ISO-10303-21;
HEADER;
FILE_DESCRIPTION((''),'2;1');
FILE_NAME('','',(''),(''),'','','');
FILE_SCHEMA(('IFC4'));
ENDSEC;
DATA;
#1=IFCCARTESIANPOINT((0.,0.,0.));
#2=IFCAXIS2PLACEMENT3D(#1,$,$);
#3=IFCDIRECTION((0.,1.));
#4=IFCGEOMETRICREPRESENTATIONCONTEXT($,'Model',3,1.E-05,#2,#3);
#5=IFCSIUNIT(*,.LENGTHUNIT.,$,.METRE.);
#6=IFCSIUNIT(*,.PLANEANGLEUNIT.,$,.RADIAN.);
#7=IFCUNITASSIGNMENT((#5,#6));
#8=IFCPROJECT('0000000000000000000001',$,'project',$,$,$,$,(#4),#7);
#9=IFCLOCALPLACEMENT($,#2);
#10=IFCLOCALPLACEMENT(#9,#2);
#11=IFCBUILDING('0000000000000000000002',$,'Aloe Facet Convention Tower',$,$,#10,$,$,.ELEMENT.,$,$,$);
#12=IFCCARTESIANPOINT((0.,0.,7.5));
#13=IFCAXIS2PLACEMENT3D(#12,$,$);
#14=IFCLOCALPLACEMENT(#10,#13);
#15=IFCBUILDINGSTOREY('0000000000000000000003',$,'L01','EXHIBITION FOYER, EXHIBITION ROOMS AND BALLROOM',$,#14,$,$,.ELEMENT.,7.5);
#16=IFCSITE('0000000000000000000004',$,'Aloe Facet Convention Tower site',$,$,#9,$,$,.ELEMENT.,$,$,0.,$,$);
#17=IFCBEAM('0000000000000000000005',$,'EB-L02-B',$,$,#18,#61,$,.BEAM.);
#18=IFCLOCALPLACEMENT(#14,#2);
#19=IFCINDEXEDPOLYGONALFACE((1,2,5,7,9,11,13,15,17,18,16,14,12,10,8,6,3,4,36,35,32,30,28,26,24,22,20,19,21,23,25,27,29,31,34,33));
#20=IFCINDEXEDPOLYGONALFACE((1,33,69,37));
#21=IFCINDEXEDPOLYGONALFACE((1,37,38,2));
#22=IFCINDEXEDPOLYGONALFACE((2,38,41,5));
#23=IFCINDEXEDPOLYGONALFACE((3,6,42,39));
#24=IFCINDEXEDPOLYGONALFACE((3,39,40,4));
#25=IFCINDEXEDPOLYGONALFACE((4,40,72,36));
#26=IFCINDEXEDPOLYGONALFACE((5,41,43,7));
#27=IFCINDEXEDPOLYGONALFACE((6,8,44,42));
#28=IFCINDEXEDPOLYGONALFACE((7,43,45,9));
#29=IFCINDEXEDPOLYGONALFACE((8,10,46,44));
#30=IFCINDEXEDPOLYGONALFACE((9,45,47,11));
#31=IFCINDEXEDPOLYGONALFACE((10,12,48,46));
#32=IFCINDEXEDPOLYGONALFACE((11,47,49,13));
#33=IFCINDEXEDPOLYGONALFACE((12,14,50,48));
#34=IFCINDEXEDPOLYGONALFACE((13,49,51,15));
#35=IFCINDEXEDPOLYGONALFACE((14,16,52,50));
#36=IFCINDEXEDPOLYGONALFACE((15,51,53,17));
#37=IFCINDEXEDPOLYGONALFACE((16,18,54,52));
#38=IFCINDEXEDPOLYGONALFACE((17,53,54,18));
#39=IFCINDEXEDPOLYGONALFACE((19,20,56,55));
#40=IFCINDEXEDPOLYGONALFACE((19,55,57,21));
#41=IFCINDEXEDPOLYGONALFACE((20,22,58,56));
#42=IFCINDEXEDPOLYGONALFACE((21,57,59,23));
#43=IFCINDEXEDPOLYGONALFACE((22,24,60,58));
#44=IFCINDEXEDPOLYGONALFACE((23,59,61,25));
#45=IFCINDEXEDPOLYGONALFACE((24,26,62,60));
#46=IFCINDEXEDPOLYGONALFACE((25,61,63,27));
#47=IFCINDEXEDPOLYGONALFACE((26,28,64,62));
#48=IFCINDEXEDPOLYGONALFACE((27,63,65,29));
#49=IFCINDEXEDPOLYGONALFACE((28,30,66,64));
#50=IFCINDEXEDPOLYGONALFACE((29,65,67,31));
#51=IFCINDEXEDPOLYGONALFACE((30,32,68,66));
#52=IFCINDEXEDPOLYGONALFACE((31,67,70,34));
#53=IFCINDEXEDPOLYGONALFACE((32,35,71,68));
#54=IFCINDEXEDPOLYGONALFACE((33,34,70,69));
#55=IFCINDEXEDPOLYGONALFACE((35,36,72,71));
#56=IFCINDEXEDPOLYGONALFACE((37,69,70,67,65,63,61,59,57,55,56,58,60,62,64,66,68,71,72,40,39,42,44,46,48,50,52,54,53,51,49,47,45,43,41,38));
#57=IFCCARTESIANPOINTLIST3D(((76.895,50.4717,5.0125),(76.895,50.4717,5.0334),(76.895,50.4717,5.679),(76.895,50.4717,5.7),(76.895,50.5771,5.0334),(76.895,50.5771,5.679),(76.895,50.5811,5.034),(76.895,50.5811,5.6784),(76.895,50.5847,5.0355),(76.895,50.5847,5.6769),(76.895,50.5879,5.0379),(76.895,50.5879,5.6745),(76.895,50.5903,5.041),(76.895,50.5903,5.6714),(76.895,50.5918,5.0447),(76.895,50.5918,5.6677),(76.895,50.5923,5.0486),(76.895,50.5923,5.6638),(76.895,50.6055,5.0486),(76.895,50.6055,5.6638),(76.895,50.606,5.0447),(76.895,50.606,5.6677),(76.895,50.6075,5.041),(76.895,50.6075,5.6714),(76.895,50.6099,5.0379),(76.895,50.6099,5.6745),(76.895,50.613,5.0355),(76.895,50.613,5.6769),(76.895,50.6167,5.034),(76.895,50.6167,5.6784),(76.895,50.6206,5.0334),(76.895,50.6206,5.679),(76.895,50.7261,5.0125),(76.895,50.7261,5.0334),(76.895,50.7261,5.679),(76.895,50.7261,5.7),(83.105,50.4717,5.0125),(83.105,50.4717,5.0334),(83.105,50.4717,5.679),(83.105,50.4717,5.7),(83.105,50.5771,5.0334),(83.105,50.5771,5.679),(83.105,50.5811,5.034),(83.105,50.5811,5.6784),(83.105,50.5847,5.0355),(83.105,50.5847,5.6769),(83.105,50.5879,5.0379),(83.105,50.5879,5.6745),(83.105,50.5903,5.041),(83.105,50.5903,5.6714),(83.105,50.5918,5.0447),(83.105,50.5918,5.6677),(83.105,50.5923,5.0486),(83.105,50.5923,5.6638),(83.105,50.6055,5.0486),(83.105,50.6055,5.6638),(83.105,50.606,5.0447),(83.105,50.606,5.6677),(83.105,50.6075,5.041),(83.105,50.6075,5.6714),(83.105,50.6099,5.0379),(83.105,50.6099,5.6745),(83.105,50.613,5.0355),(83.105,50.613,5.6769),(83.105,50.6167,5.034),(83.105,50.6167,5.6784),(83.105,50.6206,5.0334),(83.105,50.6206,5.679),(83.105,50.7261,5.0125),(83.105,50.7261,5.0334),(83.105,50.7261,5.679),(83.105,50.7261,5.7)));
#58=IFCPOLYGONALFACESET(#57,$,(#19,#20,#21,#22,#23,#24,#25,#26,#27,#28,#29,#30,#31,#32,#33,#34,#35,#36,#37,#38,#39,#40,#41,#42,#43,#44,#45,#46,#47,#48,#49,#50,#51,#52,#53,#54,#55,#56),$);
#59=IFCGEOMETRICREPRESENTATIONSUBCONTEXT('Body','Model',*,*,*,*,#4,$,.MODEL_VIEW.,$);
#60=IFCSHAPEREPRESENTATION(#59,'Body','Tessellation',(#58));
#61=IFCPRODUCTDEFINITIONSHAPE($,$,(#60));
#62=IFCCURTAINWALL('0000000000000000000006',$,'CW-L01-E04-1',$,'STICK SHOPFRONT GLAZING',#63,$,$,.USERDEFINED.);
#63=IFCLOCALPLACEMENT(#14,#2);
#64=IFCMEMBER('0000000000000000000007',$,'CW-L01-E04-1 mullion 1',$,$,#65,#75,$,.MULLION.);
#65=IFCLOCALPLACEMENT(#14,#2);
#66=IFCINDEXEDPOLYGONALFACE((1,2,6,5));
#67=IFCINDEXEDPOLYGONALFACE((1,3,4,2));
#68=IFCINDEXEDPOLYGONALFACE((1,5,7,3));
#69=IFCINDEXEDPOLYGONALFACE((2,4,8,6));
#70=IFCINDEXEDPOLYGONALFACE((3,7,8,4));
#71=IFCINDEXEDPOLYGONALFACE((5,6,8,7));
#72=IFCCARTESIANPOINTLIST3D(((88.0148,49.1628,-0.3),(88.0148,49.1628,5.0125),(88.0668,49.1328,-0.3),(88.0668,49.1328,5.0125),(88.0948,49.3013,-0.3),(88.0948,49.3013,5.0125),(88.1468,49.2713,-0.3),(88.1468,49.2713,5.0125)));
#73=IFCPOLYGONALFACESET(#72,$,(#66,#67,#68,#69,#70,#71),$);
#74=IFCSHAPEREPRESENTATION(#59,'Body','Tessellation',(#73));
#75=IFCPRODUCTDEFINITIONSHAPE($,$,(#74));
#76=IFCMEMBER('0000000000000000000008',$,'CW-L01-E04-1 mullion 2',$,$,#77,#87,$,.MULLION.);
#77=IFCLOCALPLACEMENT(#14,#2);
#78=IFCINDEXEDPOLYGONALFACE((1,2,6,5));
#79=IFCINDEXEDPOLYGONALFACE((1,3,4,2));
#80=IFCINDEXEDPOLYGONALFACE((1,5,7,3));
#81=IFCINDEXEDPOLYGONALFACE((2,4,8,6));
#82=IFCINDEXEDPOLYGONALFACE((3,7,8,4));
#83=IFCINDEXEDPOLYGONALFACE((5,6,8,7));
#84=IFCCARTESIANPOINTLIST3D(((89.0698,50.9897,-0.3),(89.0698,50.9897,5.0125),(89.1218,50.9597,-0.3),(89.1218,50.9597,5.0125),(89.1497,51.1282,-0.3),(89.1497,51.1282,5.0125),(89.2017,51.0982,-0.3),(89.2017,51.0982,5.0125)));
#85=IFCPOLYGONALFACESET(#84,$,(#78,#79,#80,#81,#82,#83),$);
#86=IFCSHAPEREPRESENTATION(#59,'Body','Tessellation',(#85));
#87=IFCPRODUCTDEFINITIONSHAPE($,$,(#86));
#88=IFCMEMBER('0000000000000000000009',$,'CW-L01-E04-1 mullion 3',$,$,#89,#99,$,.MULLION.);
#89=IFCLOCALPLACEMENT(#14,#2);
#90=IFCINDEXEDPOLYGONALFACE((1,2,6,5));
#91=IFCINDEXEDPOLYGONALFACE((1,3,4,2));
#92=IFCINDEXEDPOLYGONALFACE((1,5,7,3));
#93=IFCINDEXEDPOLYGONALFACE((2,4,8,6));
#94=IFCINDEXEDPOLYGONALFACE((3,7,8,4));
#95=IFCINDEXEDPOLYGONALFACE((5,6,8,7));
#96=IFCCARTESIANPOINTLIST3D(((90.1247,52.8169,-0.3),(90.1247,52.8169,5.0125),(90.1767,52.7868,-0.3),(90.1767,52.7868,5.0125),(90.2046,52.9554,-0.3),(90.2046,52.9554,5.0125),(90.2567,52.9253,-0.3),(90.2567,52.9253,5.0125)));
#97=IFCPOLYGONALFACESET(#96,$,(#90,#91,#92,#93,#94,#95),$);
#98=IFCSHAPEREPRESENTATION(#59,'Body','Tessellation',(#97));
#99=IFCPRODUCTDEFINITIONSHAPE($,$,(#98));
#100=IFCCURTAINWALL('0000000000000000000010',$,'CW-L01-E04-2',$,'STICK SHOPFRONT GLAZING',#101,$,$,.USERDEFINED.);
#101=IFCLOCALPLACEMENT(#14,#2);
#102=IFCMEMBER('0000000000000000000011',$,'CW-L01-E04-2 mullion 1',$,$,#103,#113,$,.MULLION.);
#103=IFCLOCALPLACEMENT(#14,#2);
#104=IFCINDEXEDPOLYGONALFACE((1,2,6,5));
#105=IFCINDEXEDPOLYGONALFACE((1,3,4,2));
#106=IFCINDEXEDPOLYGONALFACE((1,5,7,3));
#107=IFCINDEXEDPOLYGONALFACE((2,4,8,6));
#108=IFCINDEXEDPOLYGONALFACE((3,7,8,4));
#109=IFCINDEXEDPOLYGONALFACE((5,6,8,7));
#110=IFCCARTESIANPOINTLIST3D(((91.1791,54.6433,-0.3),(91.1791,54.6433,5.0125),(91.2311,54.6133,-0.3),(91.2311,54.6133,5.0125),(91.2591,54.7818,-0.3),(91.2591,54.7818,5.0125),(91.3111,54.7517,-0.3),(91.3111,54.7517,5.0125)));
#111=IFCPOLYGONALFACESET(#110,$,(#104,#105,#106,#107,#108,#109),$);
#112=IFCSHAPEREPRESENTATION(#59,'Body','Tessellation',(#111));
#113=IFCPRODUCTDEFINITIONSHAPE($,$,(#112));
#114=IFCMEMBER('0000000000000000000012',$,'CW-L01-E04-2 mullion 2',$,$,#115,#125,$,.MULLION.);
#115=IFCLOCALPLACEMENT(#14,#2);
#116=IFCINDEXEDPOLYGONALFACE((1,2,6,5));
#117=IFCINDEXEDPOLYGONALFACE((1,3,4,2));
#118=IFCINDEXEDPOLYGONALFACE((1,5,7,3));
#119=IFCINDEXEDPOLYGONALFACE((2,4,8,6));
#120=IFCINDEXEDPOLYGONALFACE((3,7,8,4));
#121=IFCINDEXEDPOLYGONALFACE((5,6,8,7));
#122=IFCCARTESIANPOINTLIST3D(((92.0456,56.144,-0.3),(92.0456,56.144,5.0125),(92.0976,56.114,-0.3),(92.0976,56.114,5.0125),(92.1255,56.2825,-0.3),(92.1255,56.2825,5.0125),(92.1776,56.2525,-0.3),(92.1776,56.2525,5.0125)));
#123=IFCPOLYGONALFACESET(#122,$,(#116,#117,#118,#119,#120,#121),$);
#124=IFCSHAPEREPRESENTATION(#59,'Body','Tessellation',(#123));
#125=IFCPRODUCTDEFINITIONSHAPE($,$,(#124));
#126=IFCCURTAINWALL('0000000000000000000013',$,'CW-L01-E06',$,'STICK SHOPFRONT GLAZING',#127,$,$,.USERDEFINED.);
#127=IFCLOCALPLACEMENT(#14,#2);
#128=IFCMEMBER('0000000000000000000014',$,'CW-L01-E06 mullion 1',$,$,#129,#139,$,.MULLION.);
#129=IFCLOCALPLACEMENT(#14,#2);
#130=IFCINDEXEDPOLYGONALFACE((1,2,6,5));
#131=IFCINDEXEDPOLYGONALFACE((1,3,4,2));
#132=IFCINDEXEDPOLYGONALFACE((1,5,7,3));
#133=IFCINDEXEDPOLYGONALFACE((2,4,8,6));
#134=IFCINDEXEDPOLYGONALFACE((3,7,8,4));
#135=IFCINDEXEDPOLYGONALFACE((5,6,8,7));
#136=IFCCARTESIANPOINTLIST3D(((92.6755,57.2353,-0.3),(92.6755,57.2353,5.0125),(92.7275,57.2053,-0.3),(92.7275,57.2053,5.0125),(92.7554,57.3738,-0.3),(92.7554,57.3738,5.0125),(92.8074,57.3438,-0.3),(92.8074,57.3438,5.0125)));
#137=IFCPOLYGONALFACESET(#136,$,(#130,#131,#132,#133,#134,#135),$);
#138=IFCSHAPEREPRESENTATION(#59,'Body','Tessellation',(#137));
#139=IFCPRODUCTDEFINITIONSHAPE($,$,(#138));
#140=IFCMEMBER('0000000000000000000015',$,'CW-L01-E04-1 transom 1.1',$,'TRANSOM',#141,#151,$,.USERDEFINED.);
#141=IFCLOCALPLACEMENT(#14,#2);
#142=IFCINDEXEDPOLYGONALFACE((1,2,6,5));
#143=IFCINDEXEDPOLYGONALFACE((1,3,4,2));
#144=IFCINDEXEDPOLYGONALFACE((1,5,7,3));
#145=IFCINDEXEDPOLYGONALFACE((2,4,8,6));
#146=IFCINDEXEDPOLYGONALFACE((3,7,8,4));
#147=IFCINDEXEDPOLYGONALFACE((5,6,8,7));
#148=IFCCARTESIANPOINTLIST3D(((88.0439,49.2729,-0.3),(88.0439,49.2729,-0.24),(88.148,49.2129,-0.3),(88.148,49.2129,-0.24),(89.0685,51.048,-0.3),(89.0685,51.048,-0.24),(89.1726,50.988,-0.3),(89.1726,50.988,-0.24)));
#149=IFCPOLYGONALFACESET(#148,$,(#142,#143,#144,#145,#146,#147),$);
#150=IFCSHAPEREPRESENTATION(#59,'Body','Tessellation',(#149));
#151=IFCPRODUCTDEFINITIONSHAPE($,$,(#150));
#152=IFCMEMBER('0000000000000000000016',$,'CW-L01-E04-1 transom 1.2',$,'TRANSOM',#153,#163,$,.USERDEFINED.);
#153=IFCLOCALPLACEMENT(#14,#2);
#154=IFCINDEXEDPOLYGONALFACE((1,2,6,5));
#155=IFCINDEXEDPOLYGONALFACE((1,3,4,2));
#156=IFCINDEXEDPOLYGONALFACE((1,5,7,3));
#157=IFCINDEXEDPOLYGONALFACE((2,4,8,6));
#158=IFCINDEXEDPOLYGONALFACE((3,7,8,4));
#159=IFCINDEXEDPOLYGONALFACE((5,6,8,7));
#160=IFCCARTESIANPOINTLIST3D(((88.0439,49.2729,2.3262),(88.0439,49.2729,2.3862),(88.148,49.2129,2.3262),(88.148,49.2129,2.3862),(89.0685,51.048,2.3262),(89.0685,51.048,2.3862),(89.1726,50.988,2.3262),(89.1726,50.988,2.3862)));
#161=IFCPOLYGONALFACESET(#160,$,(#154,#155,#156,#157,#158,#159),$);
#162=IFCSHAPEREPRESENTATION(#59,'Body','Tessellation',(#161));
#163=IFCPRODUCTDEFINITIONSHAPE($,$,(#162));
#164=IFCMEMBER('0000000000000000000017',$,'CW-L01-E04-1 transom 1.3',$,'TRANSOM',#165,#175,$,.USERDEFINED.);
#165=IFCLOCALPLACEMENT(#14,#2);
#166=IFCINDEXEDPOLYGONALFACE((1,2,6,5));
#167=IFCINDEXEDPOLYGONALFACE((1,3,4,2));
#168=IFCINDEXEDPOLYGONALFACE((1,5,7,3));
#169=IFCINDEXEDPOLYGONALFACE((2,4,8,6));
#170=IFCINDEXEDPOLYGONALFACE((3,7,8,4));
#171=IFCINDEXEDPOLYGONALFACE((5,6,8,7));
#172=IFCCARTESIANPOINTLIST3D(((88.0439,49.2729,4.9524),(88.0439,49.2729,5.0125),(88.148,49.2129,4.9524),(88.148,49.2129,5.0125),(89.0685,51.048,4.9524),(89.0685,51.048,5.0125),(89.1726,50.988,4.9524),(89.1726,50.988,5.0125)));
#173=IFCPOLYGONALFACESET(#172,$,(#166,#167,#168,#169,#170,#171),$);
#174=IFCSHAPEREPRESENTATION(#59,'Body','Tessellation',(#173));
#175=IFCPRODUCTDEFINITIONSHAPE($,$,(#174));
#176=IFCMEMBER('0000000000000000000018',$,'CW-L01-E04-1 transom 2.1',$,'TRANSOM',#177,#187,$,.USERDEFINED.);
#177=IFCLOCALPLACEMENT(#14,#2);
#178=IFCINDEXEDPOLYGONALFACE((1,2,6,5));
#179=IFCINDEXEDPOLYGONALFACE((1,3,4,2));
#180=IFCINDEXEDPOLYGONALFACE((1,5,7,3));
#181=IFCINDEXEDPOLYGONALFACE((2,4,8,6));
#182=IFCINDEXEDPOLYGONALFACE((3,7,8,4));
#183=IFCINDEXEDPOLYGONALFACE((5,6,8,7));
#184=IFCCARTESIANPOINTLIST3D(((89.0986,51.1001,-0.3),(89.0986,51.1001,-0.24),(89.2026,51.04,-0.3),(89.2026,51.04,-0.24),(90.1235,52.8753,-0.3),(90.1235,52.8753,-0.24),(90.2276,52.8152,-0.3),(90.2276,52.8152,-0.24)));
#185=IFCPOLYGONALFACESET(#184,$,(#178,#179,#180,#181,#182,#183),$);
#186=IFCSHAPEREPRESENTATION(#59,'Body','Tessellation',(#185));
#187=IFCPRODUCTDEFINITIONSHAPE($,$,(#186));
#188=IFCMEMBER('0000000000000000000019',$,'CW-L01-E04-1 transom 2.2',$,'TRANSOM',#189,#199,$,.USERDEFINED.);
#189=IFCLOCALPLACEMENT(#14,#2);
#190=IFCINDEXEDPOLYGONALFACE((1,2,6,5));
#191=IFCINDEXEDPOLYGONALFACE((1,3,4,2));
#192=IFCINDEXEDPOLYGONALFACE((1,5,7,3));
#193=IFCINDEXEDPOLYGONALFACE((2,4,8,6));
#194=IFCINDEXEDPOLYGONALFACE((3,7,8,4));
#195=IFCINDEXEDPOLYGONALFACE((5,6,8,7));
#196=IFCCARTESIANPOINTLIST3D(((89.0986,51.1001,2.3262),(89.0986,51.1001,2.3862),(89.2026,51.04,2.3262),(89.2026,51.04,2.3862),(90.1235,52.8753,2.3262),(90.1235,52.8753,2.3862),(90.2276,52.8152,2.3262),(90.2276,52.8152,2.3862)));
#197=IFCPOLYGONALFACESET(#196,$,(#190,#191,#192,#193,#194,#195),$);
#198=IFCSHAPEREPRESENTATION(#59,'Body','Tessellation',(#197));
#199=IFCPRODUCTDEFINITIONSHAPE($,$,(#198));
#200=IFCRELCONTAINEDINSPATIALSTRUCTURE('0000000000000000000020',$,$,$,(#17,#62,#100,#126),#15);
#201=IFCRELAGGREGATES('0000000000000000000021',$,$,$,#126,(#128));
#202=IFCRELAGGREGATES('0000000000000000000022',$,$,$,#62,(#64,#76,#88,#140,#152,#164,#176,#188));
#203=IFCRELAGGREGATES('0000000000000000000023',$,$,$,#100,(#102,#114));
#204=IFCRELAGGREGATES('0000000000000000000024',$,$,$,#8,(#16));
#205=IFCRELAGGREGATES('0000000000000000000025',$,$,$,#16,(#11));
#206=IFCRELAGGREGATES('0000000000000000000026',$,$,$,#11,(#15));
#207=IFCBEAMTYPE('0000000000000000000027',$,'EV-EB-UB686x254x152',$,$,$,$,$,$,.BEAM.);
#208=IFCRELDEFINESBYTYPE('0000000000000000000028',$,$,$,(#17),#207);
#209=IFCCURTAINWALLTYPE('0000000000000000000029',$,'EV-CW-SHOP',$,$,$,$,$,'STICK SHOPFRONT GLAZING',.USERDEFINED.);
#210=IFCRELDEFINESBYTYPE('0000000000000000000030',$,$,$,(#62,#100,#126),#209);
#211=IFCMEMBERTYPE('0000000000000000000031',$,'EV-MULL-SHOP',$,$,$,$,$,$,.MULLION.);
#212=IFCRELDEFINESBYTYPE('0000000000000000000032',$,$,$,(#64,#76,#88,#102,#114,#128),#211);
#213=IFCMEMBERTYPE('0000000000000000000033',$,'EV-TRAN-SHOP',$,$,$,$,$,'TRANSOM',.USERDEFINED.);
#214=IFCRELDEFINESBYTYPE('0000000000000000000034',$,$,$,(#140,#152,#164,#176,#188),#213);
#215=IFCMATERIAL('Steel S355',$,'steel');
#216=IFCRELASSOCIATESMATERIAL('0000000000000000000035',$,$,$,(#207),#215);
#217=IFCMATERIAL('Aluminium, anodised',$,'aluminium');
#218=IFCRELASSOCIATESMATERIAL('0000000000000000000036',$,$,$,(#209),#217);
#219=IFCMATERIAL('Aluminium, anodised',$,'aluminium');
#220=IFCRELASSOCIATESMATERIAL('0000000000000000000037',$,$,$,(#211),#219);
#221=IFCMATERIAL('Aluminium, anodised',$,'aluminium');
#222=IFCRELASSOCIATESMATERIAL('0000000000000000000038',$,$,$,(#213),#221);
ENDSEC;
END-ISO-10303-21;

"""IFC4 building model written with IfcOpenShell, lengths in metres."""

from ifc_helpers import new_model, si_unit, direction, frame, origin, origin_2d, place, context, subcontext, project, spatial, rectangle, i_section, extrude, material, material_profile, profile_set, type_object, element, aggregate, save


model = new_model("IFC4")

# Units and contexts
model_context = context("Model", 3, precision=1e-05, world=origin(), true_north=direction((0.0, 1.0)))
body_context = subcontext(model_context, "Body", "Model", "MODEL_VIEW")
ifc_project = project(units=[si_unit("LENGTHUNIT", "METRE"), si_unit("PLANEANGLEUNIT", "RADIAN")], contexts=[model_context])

# Site, building, storey
site_placement = place(None, origin())
site = spatial("IfcSite", under=ifc_project, at=site_placement, Name="Aloe Facet Convention Tower site", CompositionType="ELEMENT", RefElevation=0.0)
building_placement = place(site_placement, origin())
building = spatial("IfcBuilding", under=site, at=building_placement, Name="Aloe Facet Convention Tower", CompositionType="ELEMENT")
storey_placement = place(building_placement, frame((0.0, 0.0, 7.5)))
storey = spatial("IfcBuildingStorey", under=building, at=storey_placement, Name="L01", Description="EXHIBITION FOYER, EXHIBITION ROOMS AND BALLROOM", CompositionType="ELEMENT", Elevation=7.5)

# Beam
ifc_material_1 = material(Name="Steel S355", Category="steel")
ifc_material_profile_1 = material_profile(ifc_material_1, i_section(OverallWidth=0.2544, OverallDepth=0.6875, WebThickness=0.0132, FlangeThickness=0.021, FilletRadius=0.0151, at=origin_2d()), Name="UB 686x254x152")
ifc_profile_set_1 = profile_set([ifc_material_profile_1], Name="Steel S355")
beam_type_1 = type_object("IfcBeamType", Name="EV-EB-UB686x254x152", PredefinedType="BEAM", material=ifc_profile_set_1)
beam_1_placement = place(storey_placement, frame((76.895, 50.5989, 5.3562), z_axis=(1.0, 0.0, 0.0), x_axis=(0.0, 1.0, 0.0)))
element("IfcBeam", 1, at=beam_1_placement, inside=storey, type_object=beam_type_1, Name="EB-L02-B", PredefinedType="BEAM", context=body_context, shape_type="SweptSolid", body=[
    extrude(i_section(OverallWidth=0.2544, OverallDepth=0.6875, WebThickness=0.0132, FlangeThickness=0.021, FilletRadius=0.0151, at=origin_2d()), origin(), (0.0, 0.0, 1.0), 6.21),
])

# Curtain walls, members
ifc_material_2 = material(Name="Aluminium, anodised", Category="aluminium")
curtain_wall_type = type_object("IfcCurtainWallType", Name="EV-CW-SHOP", ElementType="STICK SHOPFRONT GLAZING", PredefinedType="USERDEFINED", material=ifc_material_2)
curtain_wall_1_placement = place(storey_placement, origin())
curtain_wall_1 = element("IfcCurtainWall", 2, at=curtain_wall_1_placement, inside=storey, type_object=curtain_wall_type, Name="CW-L01-E04-1", ObjectType="STICK SHOPFRONT GLAZING", PredefinedType="USERDEFINED")
ifc_material_3 = material(Name="Aluminium, anodised", Category="aluminium")
ifc_material_profile_2 = material_profile(ifc_material_3, rectangle(XDim=0.0601, YDim=0.1599, at=origin_2d()), Name="AL 60x160")
ifc_profile_set_2 = profile_set([ifc_material_profile_2], Name="Aluminium, anodised")
member_type_1 = type_object("IfcMemberType", Name="EV-MULL-SHOP", PredefinedType="MULLION", material=ifc_profile_set_2)
member_1_placement = place(storey_placement, frame((88.0808, 49.217, -0.3), z_axis=(0.0, 0.0, 1.0), x_axis=(-0.866025, 0.5, 0.0)))
member_1 = element("IfcMember", 3, at=member_1_placement, type_object=member_type_1, Name="CW-L01-E04-1 mullion 1", PredefinedType="MULLION", context=body_context, shape_type="SweptSolid", body=[
    extrude(rectangle(XDim=0.0601, YDim=0.1599, at=origin_2d()), origin(), (0.0, 0.0, 1.0), 5.3125),
])
member_2_placement = place(storey_placement, frame((89.1357, 51.0439, -0.3), z_axis=(0.0, 0.0, 1.0), x_axis=(-0.866025, 0.5, 0.0)))
member_2 = element("IfcMember", 4, at=member_2_placement, type_object=member_type_1, Name="CW-L01-E04-1 mullion 2", PredefinedType="MULLION", context=body_context, shape_type="SweptSolid", body=[
    extrude(rectangle(XDim=0.0601, YDim=0.1599, at=origin_2d()), origin(), (0.0, 0.0, 1.0), 5.3125),
])
member_3_placement = place(storey_placement, frame((90.1907, 52.8711, -0.3), z_axis=(0.0, 0.0, 1.0), x_axis=(-0.866025, 0.5, 0.0)))
member_3 = element("IfcMember", 5, at=member_3_placement, type_object=member_type_1, Name="CW-L01-E04-1 mullion 3", PredefinedType="MULLION", context=body_context, shape_type="SweptSolid", body=[
    extrude(rectangle(XDim=0.0601, YDim=0.1599, at=origin_2d()), origin(), (0.0, 0.0, 1.0), 5.3125),
])
curtain_wall_2_placement = place(storey_placement, origin())
curtain_wall_2 = element("IfcCurtainWall", 6, at=curtain_wall_2_placement, inside=storey, type_object=curtain_wall_type, Name="CW-L01-E04-2", ObjectType="STICK SHOPFRONT GLAZING", PredefinedType="USERDEFINED")
member_4_placement = place(storey_placement, frame((91.2451, 54.6975, -0.3), z_axis=(0.0, 0.0, 1.0), x_axis=(-0.866025, 0.5, 0.0)))
member_4 = element("IfcMember", 7, at=member_4_placement, type_object=member_type_1, Name="CW-L01-E04-2 mullion 1", PredefinedType="MULLION", context=body_context, shape_type="SweptSolid", body=[
    extrude(rectangle(XDim=0.0601, YDim=0.1599, at=origin_2d()), origin(), (0.0, 0.0, 1.0), 5.3125),
])
member_5_placement = place(storey_placement, frame((92.1116, 56.1982, -0.3), z_axis=(0.0, 0.0, 1.0), x_axis=(-0.866025, 0.5, 0.0)))
member_5 = element("IfcMember", 8, at=member_5_placement, type_object=member_type_1, Name="CW-L01-E04-2 mullion 2", PredefinedType="MULLION", context=body_context, shape_type="SweptSolid", body=[
    extrude(rectangle(XDim=0.0601, YDim=0.1599, at=origin_2d()), origin(), (0.0, 0.0, 1.0), 5.3125),
])

# Curtain wall, member
curtain_wall_3_placement = place(storey_placement, origin())
curtain_wall_3 = element("IfcCurtainWall", 9, at=curtain_wall_3_placement, inside=storey, type_object=curtain_wall_type, Name="CW-L01-E06", ObjectType="STICK SHOPFRONT GLAZING", PredefinedType="USERDEFINED")
member_6_placement = place(storey_placement, frame((92.7415, 57.2896, -0.3), z_axis=(0.0, 0.0, 1.0), x_axis=(-0.866025, 0.5, 0.0)))
member_6 = element("IfcMember", 10, at=member_6_placement, type_object=member_type_1, Name="CW-L01-E06 mullion 1", PredefinedType="MULLION", context=body_context, shape_type="SweptSolid", body=[
    extrude(rectangle(XDim=0.0601, YDim=0.1599, at=origin_2d()), origin(), (0.0, 0.0, 1.0), 5.3125),
])

# Members
ifc_material_4 = material(Name="Aluminium, anodised", Category="aluminium")
ifc_material_profile_3 = material_profile(ifc_material_4, rectangle(XDim=0.1201, YDim=0.0601, at=origin_2d()), Name="AL 120x60")
ifc_profile_set_3 = profile_set([ifc_material_profile_3], Name="Aluminium, anodised")
member_type_2 = type_object("IfcMemberType", Name="EV-TRAN-SHOP", ElementType="TRANSOM", PredefinedType="USERDEFINED", material=ifc_profile_set_3)
member_7_placement = place(storey_placement, frame((88.0959, 49.2429, -0.27), z_axis=(0.499918, 0.866073, 0.0), x_axis=(-0.866073, 0.499918, 0.0)))
member_7 = element("IfcMember", 11, at=member_7_placement, type_object=member_type_2, Name="CW-L01-E04-1 transom 1.1", ObjectType="TRANSOM", PredefinedType="USERDEFINED", context=body_context, shape_type="SweptSolid", body=[
    extrude(rectangle(XDim=0.1201, YDim=0.0601, at=origin_2d()), origin(), (0.0, 0.0, 1.0), 2.0496),
])
member_8_placement = place(storey_placement, frame((88.0959, 49.2429, 2.3562), z_axis=(0.499918, 0.866073, 0.0), x_axis=(-0.866073, 0.499918, 0.0)))
member_8 = element("IfcMember", 12, at=member_8_placement, type_object=member_type_2, Name="CW-L01-E04-1 transom 1.2", ObjectType="TRANSOM", PredefinedType="USERDEFINED", context=body_context, shape_type="SweptSolid", body=[
    extrude(rectangle(XDim=0.1201, YDim=0.0601, at=origin_2d()), origin(), (0.0, 0.0, 1.0), 2.0496),
])
member_9_placement = place(storey_placement, frame((88.0959, 49.2429, 4.9824), z_axis=(0.499918, 0.866073, 0.0), x_axis=(-0.866073, 0.499918, 0.0)))
member_9 = element("IfcMember", 13, at=member_9_placement, type_object=member_type_2, Name="CW-L01-E04-1 transom 1.3", ObjectType="TRANSOM", PredefinedType="USERDEFINED", context=body_context, shape_type="SweptSolid", body=[
    extrude(rectangle(XDim=0.1201, YDim=0.0601, at=origin_2d()), origin(), (0.0, 0.0, 1.0), 2.0496),
])
member_10_placement = place(storey_placement, frame((89.1506, 51.0701, -0.27), z_axis=(0.500008, 0.866021, 0.0), x_axis=(-0.866021, 0.500008, 0.0)))
member_10 = element("IfcMember", 14, at=member_10_placement, type_object=member_type_2, Name="CW-L01-E04-1 transom 2.1", ObjectType="TRANSOM", PredefinedType="USERDEFINED", context=body_context, shape_type="SweptSolid", body=[
    extrude(rectangle(XDim=0.1201, YDim=0.0601, at=origin_2d()), origin(), (0.0, 0.0, 1.0), 2.0498),
])
member_11_placement = place(storey_placement, frame((89.1506, 51.0701, 2.3562), z_axis=(0.500008, 0.866021, 0.0), x_axis=(-0.866021, 0.500008, 0.0)))
member_11 = element("IfcMember", 15, at=member_11_placement, type_object=member_type_2, Name="CW-L01-E04-1 transom 2.2", ObjectType="TRANSOM", PredefinedType="USERDEFINED", context=body_context, shape_type="SweptSolid", body=[
    extrude(rectangle(XDim=0.1201, YDim=0.0601, at=origin_2d()), origin(), (0.0, 0.0, 1.0), 2.0498),
])
aggregate(curtain_wall_3, [member_6])

aggregate(curtain_wall_1, [member_1, member_2, member_3, member_7, member_8, member_9, member_10, member_11])
aggregate(curtain_wall_2, [member_4, member_5])

save(model, "model.ifc")
